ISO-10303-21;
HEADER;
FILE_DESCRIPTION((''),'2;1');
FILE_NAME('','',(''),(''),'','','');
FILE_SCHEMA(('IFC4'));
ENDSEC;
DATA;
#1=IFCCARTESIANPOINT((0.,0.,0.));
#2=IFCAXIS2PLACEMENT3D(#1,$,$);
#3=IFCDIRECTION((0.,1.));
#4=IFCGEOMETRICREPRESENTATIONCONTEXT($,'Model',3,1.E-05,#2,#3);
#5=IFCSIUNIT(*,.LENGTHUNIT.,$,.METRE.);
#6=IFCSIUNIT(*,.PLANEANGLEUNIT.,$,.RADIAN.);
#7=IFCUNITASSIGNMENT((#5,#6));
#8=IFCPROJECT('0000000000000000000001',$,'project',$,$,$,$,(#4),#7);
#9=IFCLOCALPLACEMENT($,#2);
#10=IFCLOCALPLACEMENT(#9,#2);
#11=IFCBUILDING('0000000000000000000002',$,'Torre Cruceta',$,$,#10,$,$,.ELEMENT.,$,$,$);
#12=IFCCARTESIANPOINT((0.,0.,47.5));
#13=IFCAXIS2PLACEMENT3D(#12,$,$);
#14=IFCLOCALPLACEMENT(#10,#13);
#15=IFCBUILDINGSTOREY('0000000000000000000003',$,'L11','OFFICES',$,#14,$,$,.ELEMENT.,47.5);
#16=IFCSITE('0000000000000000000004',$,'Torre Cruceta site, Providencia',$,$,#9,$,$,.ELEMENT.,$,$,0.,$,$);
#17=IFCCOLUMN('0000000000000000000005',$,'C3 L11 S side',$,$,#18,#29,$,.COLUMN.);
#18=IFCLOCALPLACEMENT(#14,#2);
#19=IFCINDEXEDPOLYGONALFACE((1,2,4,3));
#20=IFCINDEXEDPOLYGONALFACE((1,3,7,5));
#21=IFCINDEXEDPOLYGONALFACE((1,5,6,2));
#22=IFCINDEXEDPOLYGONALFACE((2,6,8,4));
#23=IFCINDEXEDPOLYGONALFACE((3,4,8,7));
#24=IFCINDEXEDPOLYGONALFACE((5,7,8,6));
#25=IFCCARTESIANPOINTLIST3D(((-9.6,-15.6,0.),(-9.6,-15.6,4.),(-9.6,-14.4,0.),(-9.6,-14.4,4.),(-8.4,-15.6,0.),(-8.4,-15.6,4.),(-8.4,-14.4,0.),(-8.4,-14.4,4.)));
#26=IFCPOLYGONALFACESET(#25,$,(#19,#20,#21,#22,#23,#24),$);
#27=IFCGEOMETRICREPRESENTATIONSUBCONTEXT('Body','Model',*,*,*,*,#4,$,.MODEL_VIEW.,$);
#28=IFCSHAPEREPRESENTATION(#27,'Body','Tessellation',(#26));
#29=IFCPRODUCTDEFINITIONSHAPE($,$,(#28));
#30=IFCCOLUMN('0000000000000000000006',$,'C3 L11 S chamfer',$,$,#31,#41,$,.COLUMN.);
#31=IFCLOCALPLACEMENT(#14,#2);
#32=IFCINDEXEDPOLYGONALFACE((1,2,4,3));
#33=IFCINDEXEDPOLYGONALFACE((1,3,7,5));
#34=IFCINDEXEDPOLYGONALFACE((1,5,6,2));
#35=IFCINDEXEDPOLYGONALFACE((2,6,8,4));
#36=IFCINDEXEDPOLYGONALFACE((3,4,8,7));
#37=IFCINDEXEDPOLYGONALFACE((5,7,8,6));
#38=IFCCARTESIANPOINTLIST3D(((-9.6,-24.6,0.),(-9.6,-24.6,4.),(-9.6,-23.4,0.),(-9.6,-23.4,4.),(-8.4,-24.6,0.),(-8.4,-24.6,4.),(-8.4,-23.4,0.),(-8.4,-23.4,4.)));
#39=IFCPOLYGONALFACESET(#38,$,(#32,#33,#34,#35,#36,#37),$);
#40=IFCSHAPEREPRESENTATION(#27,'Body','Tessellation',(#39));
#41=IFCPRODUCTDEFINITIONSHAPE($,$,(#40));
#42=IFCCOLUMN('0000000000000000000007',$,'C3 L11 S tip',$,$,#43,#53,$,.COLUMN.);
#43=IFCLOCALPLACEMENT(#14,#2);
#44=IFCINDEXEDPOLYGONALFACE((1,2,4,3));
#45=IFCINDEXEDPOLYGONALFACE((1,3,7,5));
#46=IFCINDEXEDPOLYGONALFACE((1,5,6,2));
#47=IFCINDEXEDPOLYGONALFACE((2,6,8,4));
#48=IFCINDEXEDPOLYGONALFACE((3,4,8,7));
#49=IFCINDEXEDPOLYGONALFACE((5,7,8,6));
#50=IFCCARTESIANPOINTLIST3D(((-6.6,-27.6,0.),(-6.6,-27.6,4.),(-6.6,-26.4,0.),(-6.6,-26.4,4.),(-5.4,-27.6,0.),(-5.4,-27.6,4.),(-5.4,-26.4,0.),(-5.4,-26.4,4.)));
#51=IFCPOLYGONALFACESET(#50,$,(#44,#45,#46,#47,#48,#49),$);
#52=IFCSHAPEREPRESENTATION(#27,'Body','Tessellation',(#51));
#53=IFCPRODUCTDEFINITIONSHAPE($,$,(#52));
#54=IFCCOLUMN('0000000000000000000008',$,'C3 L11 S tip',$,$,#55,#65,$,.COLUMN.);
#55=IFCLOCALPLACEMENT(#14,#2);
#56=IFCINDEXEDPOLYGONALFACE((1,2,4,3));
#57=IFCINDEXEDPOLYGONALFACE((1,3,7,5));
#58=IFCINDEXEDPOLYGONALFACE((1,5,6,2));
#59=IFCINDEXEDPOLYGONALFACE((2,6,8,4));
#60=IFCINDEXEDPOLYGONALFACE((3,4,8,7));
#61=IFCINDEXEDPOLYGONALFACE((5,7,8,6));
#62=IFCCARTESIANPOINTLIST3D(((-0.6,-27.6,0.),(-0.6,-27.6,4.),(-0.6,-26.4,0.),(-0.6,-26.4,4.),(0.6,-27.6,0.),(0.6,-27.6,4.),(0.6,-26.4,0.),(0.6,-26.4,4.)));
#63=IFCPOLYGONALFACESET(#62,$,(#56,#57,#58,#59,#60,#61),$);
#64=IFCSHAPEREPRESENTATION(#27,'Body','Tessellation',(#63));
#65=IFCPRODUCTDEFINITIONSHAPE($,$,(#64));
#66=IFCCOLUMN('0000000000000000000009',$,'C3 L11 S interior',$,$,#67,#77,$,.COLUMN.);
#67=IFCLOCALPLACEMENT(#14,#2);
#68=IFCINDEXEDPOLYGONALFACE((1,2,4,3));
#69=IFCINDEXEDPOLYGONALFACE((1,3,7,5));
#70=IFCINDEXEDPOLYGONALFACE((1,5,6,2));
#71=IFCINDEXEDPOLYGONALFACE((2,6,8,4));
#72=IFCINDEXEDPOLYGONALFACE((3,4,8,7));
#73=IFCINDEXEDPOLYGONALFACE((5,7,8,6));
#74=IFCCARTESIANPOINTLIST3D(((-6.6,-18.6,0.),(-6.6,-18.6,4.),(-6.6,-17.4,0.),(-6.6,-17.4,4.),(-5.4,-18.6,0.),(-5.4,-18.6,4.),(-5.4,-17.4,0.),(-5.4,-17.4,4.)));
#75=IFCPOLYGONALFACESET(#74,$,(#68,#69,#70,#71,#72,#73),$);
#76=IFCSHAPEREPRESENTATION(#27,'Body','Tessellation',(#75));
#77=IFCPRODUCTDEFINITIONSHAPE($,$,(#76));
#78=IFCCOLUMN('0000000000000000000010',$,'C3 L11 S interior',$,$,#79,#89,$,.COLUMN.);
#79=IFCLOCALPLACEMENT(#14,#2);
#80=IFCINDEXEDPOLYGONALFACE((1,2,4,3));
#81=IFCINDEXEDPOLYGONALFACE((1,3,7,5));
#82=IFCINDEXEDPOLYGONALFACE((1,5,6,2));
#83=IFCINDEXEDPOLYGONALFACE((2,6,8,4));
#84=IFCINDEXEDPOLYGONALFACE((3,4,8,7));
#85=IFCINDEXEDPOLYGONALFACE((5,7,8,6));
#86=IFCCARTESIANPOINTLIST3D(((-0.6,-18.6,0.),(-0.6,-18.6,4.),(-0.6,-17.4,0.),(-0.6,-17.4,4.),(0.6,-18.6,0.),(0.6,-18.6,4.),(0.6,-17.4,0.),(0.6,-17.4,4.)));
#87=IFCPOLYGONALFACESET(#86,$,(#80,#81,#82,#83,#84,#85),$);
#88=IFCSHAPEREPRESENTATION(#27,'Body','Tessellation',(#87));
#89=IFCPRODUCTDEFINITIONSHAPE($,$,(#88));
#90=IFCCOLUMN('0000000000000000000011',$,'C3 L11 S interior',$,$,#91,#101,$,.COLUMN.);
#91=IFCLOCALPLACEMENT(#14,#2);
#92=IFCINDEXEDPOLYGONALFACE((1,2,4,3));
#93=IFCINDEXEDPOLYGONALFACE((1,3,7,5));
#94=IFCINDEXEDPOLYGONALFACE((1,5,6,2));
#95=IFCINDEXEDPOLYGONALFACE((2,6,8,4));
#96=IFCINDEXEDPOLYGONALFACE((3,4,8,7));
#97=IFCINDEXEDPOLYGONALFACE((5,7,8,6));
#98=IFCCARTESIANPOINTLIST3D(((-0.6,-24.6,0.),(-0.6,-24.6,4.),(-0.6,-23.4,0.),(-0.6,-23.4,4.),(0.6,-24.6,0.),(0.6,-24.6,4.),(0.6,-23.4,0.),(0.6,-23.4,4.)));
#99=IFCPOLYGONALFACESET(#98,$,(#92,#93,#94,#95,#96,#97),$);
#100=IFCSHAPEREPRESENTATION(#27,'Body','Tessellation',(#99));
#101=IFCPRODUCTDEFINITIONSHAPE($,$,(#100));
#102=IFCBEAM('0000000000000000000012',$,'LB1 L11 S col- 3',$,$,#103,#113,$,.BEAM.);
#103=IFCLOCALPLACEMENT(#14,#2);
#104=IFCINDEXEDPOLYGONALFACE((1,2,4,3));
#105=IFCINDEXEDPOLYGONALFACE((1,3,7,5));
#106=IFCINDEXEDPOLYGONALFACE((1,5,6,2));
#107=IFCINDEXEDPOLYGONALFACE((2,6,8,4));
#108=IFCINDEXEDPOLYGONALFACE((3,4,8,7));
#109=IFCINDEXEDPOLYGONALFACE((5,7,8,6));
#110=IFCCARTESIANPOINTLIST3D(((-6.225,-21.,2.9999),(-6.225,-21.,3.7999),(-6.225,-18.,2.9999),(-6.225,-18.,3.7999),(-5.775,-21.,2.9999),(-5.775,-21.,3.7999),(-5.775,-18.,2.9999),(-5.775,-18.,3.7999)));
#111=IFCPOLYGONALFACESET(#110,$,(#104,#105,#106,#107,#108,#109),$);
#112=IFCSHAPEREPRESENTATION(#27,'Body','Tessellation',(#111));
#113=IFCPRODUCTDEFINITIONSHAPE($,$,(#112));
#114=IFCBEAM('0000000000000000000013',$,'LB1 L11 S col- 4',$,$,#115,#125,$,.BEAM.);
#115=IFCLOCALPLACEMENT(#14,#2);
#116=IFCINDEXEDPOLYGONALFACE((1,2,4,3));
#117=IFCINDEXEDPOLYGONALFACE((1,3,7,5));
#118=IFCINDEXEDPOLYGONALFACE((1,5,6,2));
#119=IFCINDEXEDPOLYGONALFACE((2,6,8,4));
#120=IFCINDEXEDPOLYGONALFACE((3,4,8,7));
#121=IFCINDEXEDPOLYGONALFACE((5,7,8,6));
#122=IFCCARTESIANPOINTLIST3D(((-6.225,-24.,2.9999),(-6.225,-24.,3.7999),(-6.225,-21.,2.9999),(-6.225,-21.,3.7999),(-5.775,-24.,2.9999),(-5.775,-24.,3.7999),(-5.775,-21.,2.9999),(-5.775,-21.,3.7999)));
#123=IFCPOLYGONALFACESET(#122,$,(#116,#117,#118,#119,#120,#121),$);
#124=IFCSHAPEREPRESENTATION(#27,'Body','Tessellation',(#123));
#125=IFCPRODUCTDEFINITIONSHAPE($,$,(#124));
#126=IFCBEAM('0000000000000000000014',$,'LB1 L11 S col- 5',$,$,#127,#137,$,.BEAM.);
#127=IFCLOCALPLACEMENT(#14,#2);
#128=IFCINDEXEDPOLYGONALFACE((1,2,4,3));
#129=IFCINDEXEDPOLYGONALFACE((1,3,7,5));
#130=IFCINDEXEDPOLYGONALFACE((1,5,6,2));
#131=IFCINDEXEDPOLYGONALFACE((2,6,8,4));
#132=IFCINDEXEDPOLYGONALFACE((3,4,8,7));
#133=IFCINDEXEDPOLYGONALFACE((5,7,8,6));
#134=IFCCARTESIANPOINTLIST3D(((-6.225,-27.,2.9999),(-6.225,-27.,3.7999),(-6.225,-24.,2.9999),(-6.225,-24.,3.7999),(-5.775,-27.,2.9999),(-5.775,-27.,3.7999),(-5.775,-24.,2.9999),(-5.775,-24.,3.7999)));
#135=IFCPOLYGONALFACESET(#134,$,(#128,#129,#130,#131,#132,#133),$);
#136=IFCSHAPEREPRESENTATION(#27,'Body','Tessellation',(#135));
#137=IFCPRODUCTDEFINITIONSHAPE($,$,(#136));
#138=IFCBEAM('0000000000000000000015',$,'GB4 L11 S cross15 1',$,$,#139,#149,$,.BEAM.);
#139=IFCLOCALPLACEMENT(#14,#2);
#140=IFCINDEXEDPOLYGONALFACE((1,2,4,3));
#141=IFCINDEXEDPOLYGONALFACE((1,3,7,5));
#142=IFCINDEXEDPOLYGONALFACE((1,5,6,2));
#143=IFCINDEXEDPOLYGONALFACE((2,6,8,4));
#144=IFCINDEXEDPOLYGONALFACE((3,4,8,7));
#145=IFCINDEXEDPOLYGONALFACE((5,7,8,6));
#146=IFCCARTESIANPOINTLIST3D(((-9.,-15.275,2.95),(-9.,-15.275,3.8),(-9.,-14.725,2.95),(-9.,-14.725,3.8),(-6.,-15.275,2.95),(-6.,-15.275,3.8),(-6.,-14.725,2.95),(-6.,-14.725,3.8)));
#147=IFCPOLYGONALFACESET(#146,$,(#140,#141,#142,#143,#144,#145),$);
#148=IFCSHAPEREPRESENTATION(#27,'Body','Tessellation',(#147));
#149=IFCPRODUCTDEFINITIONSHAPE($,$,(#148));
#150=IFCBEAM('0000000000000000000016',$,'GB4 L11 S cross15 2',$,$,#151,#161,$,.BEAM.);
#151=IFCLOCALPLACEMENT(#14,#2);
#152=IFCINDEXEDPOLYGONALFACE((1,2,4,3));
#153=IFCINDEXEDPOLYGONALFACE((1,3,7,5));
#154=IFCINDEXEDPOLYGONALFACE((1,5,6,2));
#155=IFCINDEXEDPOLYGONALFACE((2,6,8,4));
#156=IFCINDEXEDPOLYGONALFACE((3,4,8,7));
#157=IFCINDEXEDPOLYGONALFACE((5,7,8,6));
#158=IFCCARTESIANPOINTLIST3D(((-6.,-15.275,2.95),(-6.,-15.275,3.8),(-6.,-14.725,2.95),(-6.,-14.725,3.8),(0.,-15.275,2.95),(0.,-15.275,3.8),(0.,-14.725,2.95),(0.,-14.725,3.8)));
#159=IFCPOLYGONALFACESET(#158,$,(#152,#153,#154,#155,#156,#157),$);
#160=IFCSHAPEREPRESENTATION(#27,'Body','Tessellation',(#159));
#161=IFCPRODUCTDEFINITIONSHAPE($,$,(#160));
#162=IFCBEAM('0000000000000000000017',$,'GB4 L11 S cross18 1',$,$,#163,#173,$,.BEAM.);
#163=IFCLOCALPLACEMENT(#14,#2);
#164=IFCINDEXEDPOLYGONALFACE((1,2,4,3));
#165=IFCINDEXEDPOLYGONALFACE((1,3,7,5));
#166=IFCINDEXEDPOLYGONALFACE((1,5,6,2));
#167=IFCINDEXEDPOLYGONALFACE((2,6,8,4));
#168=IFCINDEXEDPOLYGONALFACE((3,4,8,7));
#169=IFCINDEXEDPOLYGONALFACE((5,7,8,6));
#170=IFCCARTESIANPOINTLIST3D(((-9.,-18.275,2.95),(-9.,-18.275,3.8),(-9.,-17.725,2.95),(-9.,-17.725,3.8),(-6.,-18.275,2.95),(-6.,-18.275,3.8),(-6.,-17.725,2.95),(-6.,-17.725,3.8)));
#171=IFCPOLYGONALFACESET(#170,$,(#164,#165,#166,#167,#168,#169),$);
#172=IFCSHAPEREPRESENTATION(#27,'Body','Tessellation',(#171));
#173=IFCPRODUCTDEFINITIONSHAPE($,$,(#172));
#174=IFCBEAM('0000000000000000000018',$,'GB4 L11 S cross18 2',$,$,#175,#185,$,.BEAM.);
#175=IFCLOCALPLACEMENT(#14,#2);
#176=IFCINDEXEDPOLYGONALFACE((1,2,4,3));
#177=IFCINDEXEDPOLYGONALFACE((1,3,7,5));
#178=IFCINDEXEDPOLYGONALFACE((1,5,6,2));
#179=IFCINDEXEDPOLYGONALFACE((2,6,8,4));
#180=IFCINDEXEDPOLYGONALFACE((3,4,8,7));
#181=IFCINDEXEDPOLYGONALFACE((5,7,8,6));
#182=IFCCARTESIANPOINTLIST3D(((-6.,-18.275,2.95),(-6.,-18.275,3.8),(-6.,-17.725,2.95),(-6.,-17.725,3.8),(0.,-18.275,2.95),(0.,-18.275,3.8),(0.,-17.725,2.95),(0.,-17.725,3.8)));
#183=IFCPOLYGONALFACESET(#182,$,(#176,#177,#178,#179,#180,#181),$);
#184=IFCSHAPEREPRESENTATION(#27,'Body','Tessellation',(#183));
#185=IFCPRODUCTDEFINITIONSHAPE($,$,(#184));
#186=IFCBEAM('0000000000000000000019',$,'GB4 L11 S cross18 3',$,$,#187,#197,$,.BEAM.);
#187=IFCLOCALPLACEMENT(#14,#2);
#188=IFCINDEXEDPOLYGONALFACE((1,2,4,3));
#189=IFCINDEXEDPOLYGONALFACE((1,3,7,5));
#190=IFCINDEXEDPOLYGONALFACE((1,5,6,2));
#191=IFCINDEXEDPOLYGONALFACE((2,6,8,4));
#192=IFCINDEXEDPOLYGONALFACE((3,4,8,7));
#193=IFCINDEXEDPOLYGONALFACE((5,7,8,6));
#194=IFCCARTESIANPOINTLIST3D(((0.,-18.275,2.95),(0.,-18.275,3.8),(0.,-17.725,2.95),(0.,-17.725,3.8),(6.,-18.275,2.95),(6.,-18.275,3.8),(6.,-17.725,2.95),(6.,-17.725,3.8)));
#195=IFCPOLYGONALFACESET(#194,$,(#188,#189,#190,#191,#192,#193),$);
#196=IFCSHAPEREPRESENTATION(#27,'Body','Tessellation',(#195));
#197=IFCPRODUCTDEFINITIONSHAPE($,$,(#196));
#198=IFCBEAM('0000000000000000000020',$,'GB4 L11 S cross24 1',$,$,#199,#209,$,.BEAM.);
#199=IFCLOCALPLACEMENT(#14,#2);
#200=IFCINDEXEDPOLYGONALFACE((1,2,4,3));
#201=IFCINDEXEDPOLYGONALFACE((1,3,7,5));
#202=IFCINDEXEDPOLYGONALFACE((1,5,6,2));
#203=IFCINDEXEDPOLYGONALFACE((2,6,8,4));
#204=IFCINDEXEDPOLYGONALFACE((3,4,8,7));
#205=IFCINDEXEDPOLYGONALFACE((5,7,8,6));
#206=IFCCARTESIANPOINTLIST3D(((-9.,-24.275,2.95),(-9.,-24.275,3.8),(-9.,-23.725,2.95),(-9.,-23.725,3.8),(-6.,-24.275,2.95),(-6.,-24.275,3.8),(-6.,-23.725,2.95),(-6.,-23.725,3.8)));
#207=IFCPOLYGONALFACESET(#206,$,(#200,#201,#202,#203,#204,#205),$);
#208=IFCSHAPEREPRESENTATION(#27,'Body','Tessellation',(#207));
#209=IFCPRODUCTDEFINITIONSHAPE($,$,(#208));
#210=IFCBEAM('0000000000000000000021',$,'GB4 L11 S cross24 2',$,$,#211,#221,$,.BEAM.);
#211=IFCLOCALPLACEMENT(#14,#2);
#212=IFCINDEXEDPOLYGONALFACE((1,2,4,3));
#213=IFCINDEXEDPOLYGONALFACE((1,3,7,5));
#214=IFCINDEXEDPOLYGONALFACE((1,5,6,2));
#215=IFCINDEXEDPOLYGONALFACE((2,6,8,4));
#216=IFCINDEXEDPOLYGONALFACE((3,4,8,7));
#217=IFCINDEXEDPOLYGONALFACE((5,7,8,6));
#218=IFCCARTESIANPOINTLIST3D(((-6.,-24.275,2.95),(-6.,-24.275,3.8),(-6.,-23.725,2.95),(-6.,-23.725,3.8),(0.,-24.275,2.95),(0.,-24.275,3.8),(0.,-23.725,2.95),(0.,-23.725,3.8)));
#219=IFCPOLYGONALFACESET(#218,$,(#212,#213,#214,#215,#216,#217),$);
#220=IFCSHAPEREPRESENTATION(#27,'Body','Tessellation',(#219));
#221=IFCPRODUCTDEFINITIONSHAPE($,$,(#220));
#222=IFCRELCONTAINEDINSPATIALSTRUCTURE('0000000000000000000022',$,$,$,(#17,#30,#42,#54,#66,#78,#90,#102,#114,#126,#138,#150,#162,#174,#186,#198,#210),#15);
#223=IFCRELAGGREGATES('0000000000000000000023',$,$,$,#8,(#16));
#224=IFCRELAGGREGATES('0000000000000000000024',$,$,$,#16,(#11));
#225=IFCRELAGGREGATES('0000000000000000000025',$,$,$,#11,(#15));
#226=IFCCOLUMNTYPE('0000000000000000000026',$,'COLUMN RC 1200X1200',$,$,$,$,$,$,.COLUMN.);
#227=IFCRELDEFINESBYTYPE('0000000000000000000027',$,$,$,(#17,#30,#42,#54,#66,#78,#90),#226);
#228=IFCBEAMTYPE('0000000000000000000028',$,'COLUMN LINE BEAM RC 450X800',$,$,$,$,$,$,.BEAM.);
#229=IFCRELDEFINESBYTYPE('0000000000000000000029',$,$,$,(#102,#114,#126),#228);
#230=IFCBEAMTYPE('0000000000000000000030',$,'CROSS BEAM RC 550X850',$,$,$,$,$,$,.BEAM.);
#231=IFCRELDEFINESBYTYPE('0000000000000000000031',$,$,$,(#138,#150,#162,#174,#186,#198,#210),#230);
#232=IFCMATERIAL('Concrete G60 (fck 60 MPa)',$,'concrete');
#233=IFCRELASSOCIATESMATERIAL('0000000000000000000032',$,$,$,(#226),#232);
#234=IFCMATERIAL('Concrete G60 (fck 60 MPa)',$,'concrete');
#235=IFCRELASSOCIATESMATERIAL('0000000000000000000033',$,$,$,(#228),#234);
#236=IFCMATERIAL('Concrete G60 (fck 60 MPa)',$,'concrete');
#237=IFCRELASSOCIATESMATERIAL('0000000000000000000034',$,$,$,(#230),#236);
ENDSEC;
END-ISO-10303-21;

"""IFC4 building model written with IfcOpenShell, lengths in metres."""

from ifc_helpers import new_model, si_unit, direction, frame, origin, origin_2d, place, context, subcontext, project, spatial, rectangle, extrude, material, material_profile, profile_set, type_object, element, save


model = new_model("IFC4")

# Units and contexts
model_context = context("Model", 3, precision=1e-05, world=origin(), true_north=direction((0.0, 1.0)))
body_context = subcontext(model_context, "Body", "Model", "MODEL_VIEW")
ifc_project = project(units=[si_unit("LENGTHUNIT", "METRE"), si_unit("PLANEANGLEUNIT", "RADIAN")], contexts=[model_context])

# Site, building, storey
site_placement = place(None, origin())
site = spatial("IfcSite", under=ifc_project, at=site_placement, Name="Torre Cruceta site, Providencia", CompositionType="ELEMENT", RefElevation=0.0)
building_placement = place(site_placement, origin())
building = spatial("IfcBuilding", under=site, at=building_placement, Name="Torre Cruceta", CompositionType="ELEMENT")
storey_placement = place(building_placement, frame((0.0, 0.0, 47.5)))
storey = spatial("IfcBuildingStorey", under=building, at=storey_placement, Name="L11", Description="OFFICES", CompositionType="ELEMENT", Elevation=47.5)

# Columns
ifc_material_1 = material(Name="Concrete G60 (fck 60 MPa)", Category="concrete")
ifc_material_profile_1 = material_profile(ifc_material_1, rectangle(XDim=1.2, YDim=1.2, at=origin_2d()), Name="RC 1200X1200")
ifc_profile_set_1 = profile_set([ifc_material_profile_1], Name="Concrete G60 (fck 60 MPa)")
column_type = type_object("IfcColumnType", Name="COLUMN RC 1200X1200", PredefinedType="COLUMN", material=ifc_profile_set_1)
for number, where, z_axis, x_axis, name in (
    (1, (-9.0, -15.0, 0.0), (0.0, 0.0, 1.0), (1.0, 0.0, 0.0), "C3 L11 S side"),
    (2, (-9.0, -24.0, 0.0), (0.0, 0.0, 1.0), (1.0, 0.0, 0.0), "C3 L11 S chamfer"),
    (3, (-6.0, -27.0, 0.0), (0.0, 0.0, 1.0), (1.0, 0.0, 0.0), "C3 L11 S tip"),
    (4, (0.0, -27.0, 0.0), (0.0, 0.0, 1.0), (1.0, 0.0, 0.0), "C3 L11 S tip"),
    (5, (-6.0, -18.0, 0.0), (0.0, 0.0, 1.0), (1.0, 0.0, 0.0), "C3 L11 S interior"),
    (6, (0.0, -18.0, 0.0), (0.0, 0.0, 1.0), (1.0, 0.0, 0.0), "C3 L11 S interior"),
    (7, (0.0, -24.0, 0.0), (0.0, 0.0, 1.0), (1.0, 0.0, 0.0), "C3 L11 S interior"),
):
    element("IfcColumn", number, at=place(storey_placement, frame(where, z_axis=z_axis, x_axis=x_axis)), inside=storey, type_object=column_type, Name=name, PredefinedType="COLUMN", context=body_context, shape_type="SweptSolid", body=[
        extrude(rectangle(XDim=1.2, YDim=1.2, at=origin_2d()), origin(), (0.0, 0.0, 1.0), 4.0),
    ])

# Beams
ifc_material_2 = material(Name="Concrete G60 (fck 60 MPa)", Category="concrete")
ifc_material_profile_2 = material_profile(ifc_material_2, rectangle(XDim=0.45, YDim=0.8, at=origin_2d()), Name="RC 450X800")
ifc_profile_set_2 = profile_set([ifc_material_profile_2], Name="Concrete G60 (fck 60 MPa)")
beam_type_1 = type_object("IfcBeamType", Name="COLUMN LINE BEAM RC 450X800", PredefinedType="BEAM", material=ifc_profile_set_2)
for number, where, z_axis, x_axis, name in (
    (8, (-6.0, -18.0, 3.3999), (0.0, -1.0, 0.0), (1.0, 0.0, 0.0), "LB1 L11 S col- 3"),
    (9, (-6.0, -21.0, 3.3999), (0.0, -1.0, 0.0), (1.0, 0.0, 0.0), "LB1 L11 S col- 4"),
    (10, (-6.0, -24.0, 3.3999), (0.0, -1.0, 0.0), (1.0, 0.0, 0.0), "LB1 L11 S col- 5"),
):
    element("IfcBeam", number, at=place(storey_placement, frame(where, z_axis=z_axis, x_axis=x_axis)), inside=storey, type_object=beam_type_1, Name=name, PredefinedType="BEAM", context=body_context, shape_type="SweptSolid", body=[
        extrude(rectangle(XDim=0.45, YDim=0.8, at=origin_2d()), origin(), (0.0, 0.0, 1.0), 3.0),
    ])
ifc_material_3 = material(Name="Concrete G60 (fck 60 MPa)", Category="concrete")
ifc_material_profile_3 = material_profile(ifc_material_3, rectangle(XDim=0.55, YDim=0.8501, at=origin_2d()), Name="RC 550X850")
ifc_profile_set_3 = profile_set([ifc_material_profile_3], Name="Concrete G60 (fck 60 MPa)")
beam_type_2 = type_object("IfcBeamType", Name="CROSS BEAM RC 550X850", PredefinedType="BEAM", material=ifc_profile_set_3)
beam_1_placement = place(storey_placement, frame((-9.0, -15.0, 3.375), z_axis=(1.0, 0.0, 0.0), x_axis=(0.0, 1.0, 0.0)))
element("IfcBeam", 11, at=beam_1_placement, inside=storey, type_object=beam_type_2, Name="GB4 L11 S cross15 1", PredefinedType="BEAM", context=body_context, shape_type="SweptSolid", body=[
    extrude(rectangle(XDim=0.55, YDim=0.8501, at=origin_2d()), origin(), (0.0, 0.0, 1.0), 3.0),
])
beam_2_placement = place(storey_placement, frame((-6.0, -15.0, 3.375), z_axis=(1.0, 0.0, 0.0), x_axis=(0.0, 1.0, 0.0)))
element("IfcBeam", 12, at=beam_2_placement, inside=storey, type_object=beam_type_2, Name="GB4 L11 S cross15 2", PredefinedType="BEAM", context=body_context, shape_type="SweptSolid", body=[
    extrude(rectangle(XDim=0.55, YDim=0.8501, at=origin_2d()), origin(), (0.0, 0.0, 1.0), 6.0),
])
beam_3_placement = place(storey_placement, frame((-9.0, -18.0, 3.375), z_axis=(1.0, 0.0, 0.0), x_axis=(0.0, 1.0, 0.0)))
element("IfcBeam", 13, at=beam_3_placement, inside=storey, type_object=beam_type_2, Name="GB4 L11 S cross18 1", PredefinedType="BEAM", context=body_context, shape_type="SweptSolid", body=[
    extrude(rectangle(XDim=0.55, YDim=0.8501, at=origin_2d()), origin(), (0.0, 0.0, 1.0), 3.0),
])
for number, where, z_axis, x_axis, name in (
    (14, (-6.0, -18.0, 3.375), (1.0, 0.0, 0.0), (0.0, 1.0, 0.0), "GB4 L11 S cross18 2"),
    (15, (0.0, -18.0, 3.375), (1.0, 0.0, 0.0), (0.0, 1.0, 0.0), "GB4 L11 S cross18 3"),
):
    element("IfcBeam", number, at=place(storey_placement, frame(where, z_axis=z_axis, x_axis=x_axis)), inside=storey, type_object=beam_type_2, Name=name, PredefinedType="BEAM", context=body_context, shape_type="SweptSolid", body=[
        extrude(rectangle(XDim=0.55, YDim=0.8501, at=origin_2d()), origin(), (0.0, 0.0, 1.0), 6.0),
    ])
beam_4_placement = place(storey_placement, frame((-9.0, -24.0, 3.375), z_axis=(1.0, 0.0, 0.0), x_axis=(0.0, 1.0, 0.0)))
element("IfcBeam", 16, at=beam_4_placement, inside=storey, type_object=beam_type_2, Name="GB4 L11 S cross24 1", PredefinedType="BEAM", context=body_context, shape_type="SweptSolid", body=[
    extrude(rectangle(XDim=0.55, YDim=0.8501, at=origin_2d()), origin(), (0.0, 0.0, 1.0), 3.0),
])
for number, where, z_axis, x_axis, name in (
    (17, (-6.0, -24.0, 3.375), (1.0, 0.0, 0.0), (0.0, 1.0, 0.0), "GB4 L11 S cross24 2"),
):
    element("IfcBeam", number, at=place(storey_placement, frame(where, z_axis=z_axis, x_axis=x_axis)), inside=storey, type_object=beam_type_2, Name=name, PredefinedType="BEAM", context=body_context, shape_type="SweptSolid", body=[
        extrude(rectangle(XDim=0.55, YDim=0.8501, at=origin_2d()), origin(), (0.0, 0.0, 1.0), 6.0),
    ])

save(model, "model.ifc")
